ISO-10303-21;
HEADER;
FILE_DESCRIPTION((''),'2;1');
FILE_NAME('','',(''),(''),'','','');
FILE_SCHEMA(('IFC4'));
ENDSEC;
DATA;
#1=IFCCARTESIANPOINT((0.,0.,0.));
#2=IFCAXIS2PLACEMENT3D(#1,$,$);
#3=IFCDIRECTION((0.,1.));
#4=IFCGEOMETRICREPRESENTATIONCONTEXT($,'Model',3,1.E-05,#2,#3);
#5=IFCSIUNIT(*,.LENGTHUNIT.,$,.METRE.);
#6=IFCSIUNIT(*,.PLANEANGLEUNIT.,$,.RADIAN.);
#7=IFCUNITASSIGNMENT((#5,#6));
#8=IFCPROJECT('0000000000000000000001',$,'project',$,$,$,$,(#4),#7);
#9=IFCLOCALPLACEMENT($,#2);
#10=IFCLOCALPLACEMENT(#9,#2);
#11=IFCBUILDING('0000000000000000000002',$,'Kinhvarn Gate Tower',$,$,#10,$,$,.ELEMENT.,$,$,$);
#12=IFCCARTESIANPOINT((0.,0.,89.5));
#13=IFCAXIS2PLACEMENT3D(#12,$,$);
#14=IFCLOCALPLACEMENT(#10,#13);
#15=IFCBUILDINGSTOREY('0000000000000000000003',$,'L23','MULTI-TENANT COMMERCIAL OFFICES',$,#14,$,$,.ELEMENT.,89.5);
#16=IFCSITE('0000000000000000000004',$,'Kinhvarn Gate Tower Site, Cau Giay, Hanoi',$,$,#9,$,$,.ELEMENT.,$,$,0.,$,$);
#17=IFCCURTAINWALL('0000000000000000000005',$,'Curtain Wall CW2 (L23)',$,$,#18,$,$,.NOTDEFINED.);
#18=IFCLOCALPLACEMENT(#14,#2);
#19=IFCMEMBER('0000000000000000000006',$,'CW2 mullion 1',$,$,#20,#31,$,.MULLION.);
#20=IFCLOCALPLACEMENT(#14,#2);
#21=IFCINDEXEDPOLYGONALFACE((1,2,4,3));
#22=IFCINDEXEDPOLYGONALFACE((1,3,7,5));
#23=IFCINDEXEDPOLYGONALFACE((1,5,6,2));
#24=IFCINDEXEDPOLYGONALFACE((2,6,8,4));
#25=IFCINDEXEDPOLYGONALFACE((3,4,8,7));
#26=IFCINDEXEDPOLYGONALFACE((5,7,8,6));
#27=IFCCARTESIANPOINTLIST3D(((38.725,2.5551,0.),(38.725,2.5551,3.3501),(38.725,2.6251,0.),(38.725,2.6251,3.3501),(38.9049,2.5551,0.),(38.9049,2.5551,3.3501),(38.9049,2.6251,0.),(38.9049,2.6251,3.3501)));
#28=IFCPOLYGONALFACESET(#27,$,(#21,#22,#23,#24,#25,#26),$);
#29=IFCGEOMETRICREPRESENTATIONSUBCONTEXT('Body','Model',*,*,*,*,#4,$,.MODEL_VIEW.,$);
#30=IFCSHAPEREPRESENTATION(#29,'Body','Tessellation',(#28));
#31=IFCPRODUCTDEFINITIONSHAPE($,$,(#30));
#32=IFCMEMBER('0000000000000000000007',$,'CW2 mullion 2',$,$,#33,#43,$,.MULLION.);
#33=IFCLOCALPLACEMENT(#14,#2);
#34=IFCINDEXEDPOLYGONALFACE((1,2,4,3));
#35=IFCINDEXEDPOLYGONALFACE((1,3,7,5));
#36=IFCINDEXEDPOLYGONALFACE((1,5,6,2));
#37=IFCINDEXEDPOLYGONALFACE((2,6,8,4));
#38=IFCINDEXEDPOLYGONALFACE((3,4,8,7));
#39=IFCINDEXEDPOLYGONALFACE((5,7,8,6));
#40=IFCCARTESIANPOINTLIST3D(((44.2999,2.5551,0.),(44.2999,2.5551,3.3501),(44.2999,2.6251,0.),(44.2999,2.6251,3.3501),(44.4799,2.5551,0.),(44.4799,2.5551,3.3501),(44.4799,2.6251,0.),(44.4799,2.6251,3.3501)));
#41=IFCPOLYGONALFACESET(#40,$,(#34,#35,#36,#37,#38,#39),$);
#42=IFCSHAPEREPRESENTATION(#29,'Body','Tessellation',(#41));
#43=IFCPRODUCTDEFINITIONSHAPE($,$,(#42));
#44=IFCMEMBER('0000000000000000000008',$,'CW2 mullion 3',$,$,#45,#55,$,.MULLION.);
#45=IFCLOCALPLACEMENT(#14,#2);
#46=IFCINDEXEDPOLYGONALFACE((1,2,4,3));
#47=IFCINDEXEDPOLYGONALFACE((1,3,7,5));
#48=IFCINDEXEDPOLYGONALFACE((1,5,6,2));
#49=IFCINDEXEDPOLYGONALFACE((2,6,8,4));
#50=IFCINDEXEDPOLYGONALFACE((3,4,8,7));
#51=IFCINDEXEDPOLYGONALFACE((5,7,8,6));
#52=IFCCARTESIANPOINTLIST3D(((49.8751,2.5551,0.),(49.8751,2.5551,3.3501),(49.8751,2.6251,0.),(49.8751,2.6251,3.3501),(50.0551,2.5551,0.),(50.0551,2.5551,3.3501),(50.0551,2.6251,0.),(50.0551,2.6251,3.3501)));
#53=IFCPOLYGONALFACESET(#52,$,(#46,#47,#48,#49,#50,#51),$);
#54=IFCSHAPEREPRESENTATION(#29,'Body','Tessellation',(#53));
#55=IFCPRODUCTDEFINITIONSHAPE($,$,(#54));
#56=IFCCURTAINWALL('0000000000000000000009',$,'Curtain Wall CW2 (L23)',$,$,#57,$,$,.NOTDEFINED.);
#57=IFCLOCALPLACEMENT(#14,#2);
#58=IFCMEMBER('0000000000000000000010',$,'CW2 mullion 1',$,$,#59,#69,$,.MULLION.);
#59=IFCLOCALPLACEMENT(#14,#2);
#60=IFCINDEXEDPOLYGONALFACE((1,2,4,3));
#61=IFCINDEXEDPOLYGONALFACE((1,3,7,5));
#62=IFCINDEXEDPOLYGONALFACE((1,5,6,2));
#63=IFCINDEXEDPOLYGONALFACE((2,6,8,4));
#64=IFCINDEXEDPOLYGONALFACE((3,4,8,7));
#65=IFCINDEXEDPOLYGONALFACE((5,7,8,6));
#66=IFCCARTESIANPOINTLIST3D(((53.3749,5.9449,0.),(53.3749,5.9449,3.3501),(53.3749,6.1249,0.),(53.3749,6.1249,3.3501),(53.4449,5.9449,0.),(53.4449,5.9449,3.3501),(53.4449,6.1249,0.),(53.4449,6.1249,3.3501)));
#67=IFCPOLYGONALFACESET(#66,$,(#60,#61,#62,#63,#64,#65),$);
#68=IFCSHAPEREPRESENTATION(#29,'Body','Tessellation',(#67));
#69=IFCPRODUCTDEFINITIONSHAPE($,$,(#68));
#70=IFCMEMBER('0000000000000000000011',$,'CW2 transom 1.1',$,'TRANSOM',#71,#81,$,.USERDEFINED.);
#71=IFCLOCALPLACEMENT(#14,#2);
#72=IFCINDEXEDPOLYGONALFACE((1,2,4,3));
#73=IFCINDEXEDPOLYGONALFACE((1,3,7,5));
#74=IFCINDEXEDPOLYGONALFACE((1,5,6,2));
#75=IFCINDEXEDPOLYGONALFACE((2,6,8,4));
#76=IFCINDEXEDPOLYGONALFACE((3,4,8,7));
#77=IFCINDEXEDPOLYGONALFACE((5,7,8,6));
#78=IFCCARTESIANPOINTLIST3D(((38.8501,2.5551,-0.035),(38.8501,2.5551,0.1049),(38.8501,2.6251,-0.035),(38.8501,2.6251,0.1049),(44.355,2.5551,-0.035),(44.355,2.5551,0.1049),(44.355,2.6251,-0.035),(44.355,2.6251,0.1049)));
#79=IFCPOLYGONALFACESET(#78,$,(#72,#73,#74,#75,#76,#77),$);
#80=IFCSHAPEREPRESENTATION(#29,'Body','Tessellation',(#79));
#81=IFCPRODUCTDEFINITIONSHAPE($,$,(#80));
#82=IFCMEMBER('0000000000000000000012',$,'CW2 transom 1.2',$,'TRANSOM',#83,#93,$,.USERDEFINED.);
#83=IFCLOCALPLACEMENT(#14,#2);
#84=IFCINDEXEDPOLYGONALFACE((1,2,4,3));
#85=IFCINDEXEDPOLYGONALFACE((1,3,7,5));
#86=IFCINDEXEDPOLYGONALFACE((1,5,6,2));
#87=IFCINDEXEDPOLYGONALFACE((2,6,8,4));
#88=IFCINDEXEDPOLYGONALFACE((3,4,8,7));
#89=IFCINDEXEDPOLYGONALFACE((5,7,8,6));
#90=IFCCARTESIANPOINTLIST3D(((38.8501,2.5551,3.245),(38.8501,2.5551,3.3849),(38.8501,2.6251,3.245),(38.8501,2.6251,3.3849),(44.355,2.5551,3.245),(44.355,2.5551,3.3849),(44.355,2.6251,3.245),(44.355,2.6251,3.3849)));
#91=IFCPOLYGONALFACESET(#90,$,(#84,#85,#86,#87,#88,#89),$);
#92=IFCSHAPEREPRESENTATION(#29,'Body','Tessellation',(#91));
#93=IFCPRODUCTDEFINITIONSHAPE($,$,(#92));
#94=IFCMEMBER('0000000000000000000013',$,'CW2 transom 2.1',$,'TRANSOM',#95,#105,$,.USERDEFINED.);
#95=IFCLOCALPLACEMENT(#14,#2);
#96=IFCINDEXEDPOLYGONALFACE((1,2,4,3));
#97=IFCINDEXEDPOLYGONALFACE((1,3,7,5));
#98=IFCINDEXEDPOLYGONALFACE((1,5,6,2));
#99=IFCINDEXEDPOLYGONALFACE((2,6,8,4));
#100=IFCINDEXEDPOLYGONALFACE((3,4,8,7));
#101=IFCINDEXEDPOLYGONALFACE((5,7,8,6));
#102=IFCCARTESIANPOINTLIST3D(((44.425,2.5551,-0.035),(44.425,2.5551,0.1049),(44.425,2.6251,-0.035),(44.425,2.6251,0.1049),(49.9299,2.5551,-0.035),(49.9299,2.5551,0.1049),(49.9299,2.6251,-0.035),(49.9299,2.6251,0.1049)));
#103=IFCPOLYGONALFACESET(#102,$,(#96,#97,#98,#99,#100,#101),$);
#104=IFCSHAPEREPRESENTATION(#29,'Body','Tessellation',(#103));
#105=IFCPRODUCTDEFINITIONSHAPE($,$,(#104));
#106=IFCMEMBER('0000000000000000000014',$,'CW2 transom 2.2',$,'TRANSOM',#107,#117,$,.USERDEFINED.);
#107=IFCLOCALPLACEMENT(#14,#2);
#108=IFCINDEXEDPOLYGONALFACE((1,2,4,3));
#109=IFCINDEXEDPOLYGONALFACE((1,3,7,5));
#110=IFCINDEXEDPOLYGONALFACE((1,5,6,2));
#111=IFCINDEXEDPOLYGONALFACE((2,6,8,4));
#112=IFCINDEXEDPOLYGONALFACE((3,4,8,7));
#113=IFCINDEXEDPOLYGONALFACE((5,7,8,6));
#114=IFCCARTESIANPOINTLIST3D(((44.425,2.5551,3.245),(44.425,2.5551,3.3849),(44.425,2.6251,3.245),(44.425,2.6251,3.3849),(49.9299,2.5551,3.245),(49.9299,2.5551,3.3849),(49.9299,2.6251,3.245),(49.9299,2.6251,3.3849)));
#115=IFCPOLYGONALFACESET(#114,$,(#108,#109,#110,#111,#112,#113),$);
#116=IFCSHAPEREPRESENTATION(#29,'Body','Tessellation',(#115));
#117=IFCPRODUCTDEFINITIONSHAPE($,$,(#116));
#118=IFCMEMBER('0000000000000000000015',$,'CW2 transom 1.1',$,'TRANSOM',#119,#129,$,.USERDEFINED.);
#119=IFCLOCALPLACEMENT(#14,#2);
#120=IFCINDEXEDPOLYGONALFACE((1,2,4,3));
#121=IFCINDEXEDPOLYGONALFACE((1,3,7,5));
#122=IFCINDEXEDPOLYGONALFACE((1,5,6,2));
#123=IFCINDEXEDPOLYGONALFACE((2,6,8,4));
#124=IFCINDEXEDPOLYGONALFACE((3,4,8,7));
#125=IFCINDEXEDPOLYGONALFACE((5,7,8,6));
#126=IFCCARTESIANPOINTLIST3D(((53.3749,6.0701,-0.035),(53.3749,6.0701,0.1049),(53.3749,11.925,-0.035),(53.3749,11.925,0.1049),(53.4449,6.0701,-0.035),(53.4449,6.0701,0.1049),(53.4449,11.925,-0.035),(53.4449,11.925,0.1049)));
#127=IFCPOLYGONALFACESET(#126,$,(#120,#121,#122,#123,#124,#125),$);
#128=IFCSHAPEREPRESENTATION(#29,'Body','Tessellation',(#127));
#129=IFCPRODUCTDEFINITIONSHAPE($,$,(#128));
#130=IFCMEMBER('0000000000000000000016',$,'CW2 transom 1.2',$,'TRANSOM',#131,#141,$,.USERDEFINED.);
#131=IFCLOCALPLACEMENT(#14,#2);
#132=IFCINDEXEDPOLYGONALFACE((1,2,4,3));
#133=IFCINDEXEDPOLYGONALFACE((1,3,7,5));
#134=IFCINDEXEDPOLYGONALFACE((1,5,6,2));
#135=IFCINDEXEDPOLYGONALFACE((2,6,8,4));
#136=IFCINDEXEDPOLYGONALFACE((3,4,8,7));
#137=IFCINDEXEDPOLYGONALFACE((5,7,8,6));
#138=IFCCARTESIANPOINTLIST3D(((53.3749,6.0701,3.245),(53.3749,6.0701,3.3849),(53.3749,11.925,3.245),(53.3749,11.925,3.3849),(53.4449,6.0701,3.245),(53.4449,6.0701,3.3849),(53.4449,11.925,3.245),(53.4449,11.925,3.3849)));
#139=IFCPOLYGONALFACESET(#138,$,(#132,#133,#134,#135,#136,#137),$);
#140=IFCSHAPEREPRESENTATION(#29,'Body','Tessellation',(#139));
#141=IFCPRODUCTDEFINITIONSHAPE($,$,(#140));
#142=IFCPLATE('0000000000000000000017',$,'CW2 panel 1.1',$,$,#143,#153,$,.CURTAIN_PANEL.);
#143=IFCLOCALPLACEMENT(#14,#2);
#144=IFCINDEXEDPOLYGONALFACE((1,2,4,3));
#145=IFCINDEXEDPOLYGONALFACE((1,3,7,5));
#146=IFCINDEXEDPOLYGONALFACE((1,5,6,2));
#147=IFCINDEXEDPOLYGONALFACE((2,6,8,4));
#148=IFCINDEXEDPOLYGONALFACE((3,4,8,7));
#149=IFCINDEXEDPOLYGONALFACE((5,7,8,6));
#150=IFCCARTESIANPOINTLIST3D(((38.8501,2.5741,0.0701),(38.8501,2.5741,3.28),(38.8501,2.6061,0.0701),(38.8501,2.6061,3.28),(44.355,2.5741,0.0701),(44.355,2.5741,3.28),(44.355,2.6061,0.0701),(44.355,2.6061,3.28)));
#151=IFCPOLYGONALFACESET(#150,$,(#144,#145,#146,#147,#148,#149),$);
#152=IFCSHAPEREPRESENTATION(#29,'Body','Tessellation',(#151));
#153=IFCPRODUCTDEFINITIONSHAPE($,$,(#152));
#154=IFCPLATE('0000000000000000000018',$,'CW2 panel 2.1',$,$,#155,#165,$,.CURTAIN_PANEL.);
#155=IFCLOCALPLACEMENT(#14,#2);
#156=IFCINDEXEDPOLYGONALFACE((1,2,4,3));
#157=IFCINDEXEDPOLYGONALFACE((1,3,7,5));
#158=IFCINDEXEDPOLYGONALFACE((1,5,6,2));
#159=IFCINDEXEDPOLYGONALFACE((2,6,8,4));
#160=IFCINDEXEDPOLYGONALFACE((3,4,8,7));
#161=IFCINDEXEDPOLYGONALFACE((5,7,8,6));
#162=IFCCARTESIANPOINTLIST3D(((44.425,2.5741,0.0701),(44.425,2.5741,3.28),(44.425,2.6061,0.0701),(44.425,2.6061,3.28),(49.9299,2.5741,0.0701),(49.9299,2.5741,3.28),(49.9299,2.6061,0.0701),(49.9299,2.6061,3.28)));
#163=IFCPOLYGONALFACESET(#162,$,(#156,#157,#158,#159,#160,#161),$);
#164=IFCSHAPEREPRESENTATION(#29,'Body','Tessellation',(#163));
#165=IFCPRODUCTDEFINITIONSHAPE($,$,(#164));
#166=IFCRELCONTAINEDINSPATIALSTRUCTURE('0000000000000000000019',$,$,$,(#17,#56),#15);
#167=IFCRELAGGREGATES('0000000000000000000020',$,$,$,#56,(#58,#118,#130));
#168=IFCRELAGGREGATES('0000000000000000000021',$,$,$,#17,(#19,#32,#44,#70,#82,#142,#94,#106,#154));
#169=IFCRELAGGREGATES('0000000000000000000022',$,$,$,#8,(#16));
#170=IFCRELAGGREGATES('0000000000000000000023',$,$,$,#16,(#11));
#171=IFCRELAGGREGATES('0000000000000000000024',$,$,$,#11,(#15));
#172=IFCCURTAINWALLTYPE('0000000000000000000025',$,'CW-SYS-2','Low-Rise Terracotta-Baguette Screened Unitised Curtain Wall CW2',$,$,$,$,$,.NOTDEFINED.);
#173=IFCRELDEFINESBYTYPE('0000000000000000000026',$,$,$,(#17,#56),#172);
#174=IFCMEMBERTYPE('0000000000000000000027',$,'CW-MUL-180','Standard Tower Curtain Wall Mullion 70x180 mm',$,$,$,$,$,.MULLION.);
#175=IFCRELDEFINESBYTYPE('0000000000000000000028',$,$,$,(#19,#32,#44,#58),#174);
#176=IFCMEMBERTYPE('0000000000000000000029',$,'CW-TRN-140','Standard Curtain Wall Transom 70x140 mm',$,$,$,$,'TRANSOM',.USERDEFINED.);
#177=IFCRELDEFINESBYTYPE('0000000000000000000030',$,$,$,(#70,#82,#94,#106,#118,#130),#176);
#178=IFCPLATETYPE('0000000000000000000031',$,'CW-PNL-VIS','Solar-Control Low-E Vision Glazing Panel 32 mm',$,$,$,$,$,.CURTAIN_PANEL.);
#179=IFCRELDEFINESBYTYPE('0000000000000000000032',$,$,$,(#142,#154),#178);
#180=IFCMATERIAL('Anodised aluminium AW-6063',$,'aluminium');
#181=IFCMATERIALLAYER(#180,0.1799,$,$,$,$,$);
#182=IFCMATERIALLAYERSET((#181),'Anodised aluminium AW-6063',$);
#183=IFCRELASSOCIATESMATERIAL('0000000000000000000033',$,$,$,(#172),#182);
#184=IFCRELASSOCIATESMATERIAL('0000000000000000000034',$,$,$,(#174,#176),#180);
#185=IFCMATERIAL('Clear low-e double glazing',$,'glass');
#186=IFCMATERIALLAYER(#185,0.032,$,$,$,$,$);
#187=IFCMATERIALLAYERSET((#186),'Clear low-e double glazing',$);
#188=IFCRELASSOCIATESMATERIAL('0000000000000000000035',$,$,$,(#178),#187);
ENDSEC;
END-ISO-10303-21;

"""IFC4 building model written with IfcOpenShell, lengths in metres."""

from ifc_helpers import new_model, si_unit, direction, frame, origin, origin_2d, place, context, subcontext, project, spatial, rectangle, extrude, material, layer, layer_set, material_profile, profile_set, type_object, element, aggregate, save


model = new_model("IFC4")

# Units and contexts
model_context = context("Model", 3, precision=1e-05, world=origin(), true_north=direction((0.0, 1.0)))
body_context = subcontext(model_context, "Body", "Model", "MODEL_VIEW")
ifc_project = project(units=[si_unit("LENGTHUNIT", "METRE"), si_unit("PLANEANGLEUNIT", "RADIAN")], contexts=[model_context])

# Site, building, storey
site_placement = place(None, origin())
site = spatial("IfcSite", under=ifc_project, at=site_placement, Name="Kinhvarn Gate Tower Site, Cau Giay, Hanoi", CompositionType="ELEMENT", RefElevation=0.0)
building_placement = place(site_placement, origin())
building = spatial("IfcBuilding", under=site, at=building_placement, Name="Kinhvarn Gate Tower", CompositionType="ELEMENT")
storey_placement = place(building_placement, frame((0.0, 0.0, 89.5)))
storey = spatial("IfcBuildingStorey", under=building, at=storey_placement, Name="L23", Description="MULTI-TENANT COMMERCIAL OFFICES", CompositionType="ELEMENT", Elevation=89.5)

# Curtain wall, members
ifc_material_1 = material(Name="Anodised aluminium AW-6063", Category="aluminium")
ifc_layer_1 = layer(ifc_material_1, 0.1799)
ifc_layer_set_1 = layer_set([ifc_layer_1], Name="Anodised aluminium AW-6063")
curtain_wall_type = type_object("IfcCurtainWallType", Name="CW-SYS-2", Description="Low-Rise Terracotta-Baguette Screened Unitised Curtain Wall CW2", PredefinedType="NOTDEFINED", material=ifc_layer_set_1)
curtain_wall_1_placement = place(storey_placement, origin())
curtain_wall_1 = element("IfcCurtainWall", 1, at=curtain_wall_1_placement, inside=storey, type_object=curtain_wall_type, Name="Curtain Wall CW2 (L23)", PredefinedType="NOTDEFINED")
ifc_material_profile_1 = material_profile(ifc_material_1, rectangle(XDim=0.0701, YDim=0.1799, at=origin_2d()), Name="ALU 70x180")
ifc_profile_set_1 = profile_set([ifc_material_profile_1], Name="Anodised aluminium AW-6063")
member_type_1 = type_object("IfcMemberType", Name="CW-MUL-180", Description="Standard Tower Curtain Wall Mullion 70x180 mm", PredefinedType="MULLION", material=ifc_profile_set_1)
member_1_placement = place(storey_placement, frame((38.8149, 2.5901, 0.0), z_axis=(0.0, 0.0, 1.0), x_axis=(0.0, 1.0, 0.0)))
member_1 = element("IfcMember", 2, at=member_1_placement, type_object=member_type_1, Name="CW2 mullion 1", PredefinedType="MULLION", context=body_context, shape_type="SweptSolid", body=[
    extrude(rectangle(XDim=0.0701, YDim=0.1799, at=origin_2d()), origin(), (0.0, 0.0, 1.0), 3.3501),
])
member_2_placement = place(storey_placement, frame((44.3899, 2.5901, 0.0), z_axis=(0.0, 0.0, 1.0), x_axis=(0.0, 1.0, 0.0)))
member_2 = element("IfcMember", 3, at=member_2_placement, type_object=member_type_1, Name="CW2 mullion 2", PredefinedType="MULLION", context=body_context, shape_type="SweptSolid", body=[
    extrude(rectangle(XDim=0.0701, YDim=0.1799, at=origin_2d()), origin(), (0.0, 0.0, 1.0), 3.3501),
])
member_3_placement = place(storey_placement, frame((49.9651, 2.5901, 0.0), z_axis=(0.0, 0.0, 1.0), x_axis=(0.0, 1.0, 0.0)))
member_3 = element("IfcMember", 4, at=member_3_placement, type_object=member_type_1, Name="CW2 mullion 3", PredefinedType="MULLION", context=body_context, shape_type="SweptSolid", body=[
    extrude(rectangle(XDim=0.0701, YDim=0.1799, at=origin_2d()), origin(), (0.0, 0.0, 1.0), 3.3501),
])

# Curtain wall, member
curtain_wall_2_placement = place(storey_placement, origin())
curtain_wall_2 = element("IfcCurtainWall", 5, at=curtain_wall_2_placement, inside=storey, type_object=curtain_wall_type, Name="Curtain Wall CW2 (L23)", PredefinedType="NOTDEFINED")
member_4_placement = place(storey_placement, frame((53.4099, 6.0349, 0.0), z_axis=(0.0, 0.0, 1.0), x_axis=(-1.0, 0.0, 0.0)))
member_4 = element("IfcMember", 6, at=member_4_placement, type_object=member_type_1, Name="CW2 mullion 1", PredefinedType="MULLION", context=body_context, shape_type="SweptSolid", body=[
    extrude(rectangle(XDim=0.0701, YDim=0.1799, at=origin_2d()), origin(), (0.0, 0.0, 1.0), 3.3501),
])

# Members
ifc_material_profile_2 = material_profile(ifc_material_1, rectangle(XDim=0.0701, YDim=0.1399, at=origin_2d()), Name="ALU 70x140")
ifc_profile_set_2 = profile_set([ifc_material_profile_2], Name="Anodised aluminium AW-6063")
member_type_2 = type_object("IfcMemberType", Name="CW-TRN-140", Description="Standard Curtain Wall Transom 70x140 mm", ElementType="TRANSOM", PredefinedType="USERDEFINED", material=ifc_profile_set_2)
member_5_placement = place(storey_placement, frame((38.8501, 2.5901, 0.0349), z_axis=(1.0, 0.0, 0.0), x_axis=(0.0, 1.0, 0.0)))
member_5 = element("IfcMember", 7, at=member_5_placement, type_object=member_type_2, Name="CW2 transom 1.1", ObjectType="TRANSOM", PredefinedType="USERDEFINED", context=body_context, shape_type="SweptSolid", body=[
    extrude(rectangle(XDim=0.0701, YDim=0.1399, at=origin_2d()), origin(), (0.0, 0.0, 1.0), 5.5049),
])
member_6_placement = place(storey_placement, frame((38.8501, 2.5901, 3.3149), z_axis=(1.0, 0.0, 0.0), x_axis=(0.0, 1.0, 0.0)))
member_6 = element("IfcMember", 8, at=member_6_placement, type_object=member_type_2, Name="CW2 transom 1.2", ObjectType="TRANSOM", PredefinedType="USERDEFINED", context=body_context, shape_type="SweptSolid", body=[
    extrude(rectangle(XDim=0.0701, YDim=0.1399, at=origin_2d()), origin(), (0.0, 0.0, 1.0), 5.5049),
])
member_7_placement = place(storey_placement, frame((44.425, 2.5901, 0.0349), z_axis=(1.0, 0.0, 0.0), x_axis=(0.0, 1.0, 0.0)))
member_7 = element("IfcMember", 9, at=member_7_placement, type_object=member_type_2, Name="CW2 transom 2.1", ObjectType="TRANSOM", PredefinedType="USERDEFINED", context=body_context, shape_type="SweptSolid", body=[
    extrude(rectangle(XDim=0.0701, YDim=0.1399, at=origin_2d()), origin(), (0.0, 0.0, 1.0), 5.5049),
])
member_8_placement = place(storey_placement, frame((44.425, 2.5901, 3.3149), z_axis=(1.0, 0.0, 0.0), x_axis=(0.0, 1.0, 0.0)))
member_8 = element("IfcMember", 10, at=member_8_placement, type_object=member_type_2, Name="CW2 transom 2.2", ObjectType="TRANSOM", PredefinedType="USERDEFINED", context=body_context, shape_type="SweptSolid", body=[
    extrude(rectangle(XDim=0.0701, YDim=0.1399, at=origin_2d()), origin(), (0.0, 0.0, 1.0), 5.5049),
])
member_9_placement = place(storey_placement, frame((53.4099, 6.0701, 0.0349), z_axis=(0.0, 1.0, 0.0), x_axis=(-1.0, 0.0, 0.0)))
member_9 = element("IfcMember", 11, at=member_9_placement, type_object=member_type_2, Name="CW2 transom 1.1", ObjectType="TRANSOM", PredefinedType="USERDEFINED", context=body_context, shape_type="SweptSolid", body=[
    extrude(rectangle(XDim=0.0701, YDim=0.1399, at=origin_2d()), origin(), (0.0, 0.0, 1.0), 5.855),
])
member_10_placement = place(storey_placement, frame((53.4099, 6.0701, 3.3149), z_axis=(0.0, 1.0, 0.0), x_axis=(-1.0, 0.0, 0.0)))
member_10 = element("IfcMember", 12, at=member_10_placement, type_object=member_type_2, Name="CW2 transom 1.2", ObjectType="TRANSOM", PredefinedType="USERDEFINED", context=body_context, shape_type="SweptSolid", body=[
    extrude(rectangle(XDim=0.0701, YDim=0.1399, at=origin_2d()), origin(), (0.0, 0.0, 1.0), 5.855),
])
aggregate(curtain_wall_2, [member_4, member_9, member_10])

# Plates
ifc_material_2 = material(Name="Clear low-e double glazing", Category="glass")
ifc_layer_2 = layer(ifc_material_2, 0.032)
ifc_layer_set_2 = layer_set([ifc_layer_2], Name="Clear low-e double glazing")
plate_type = type_object("IfcPlateType", Name="CW-PNL-VIS", Description="Solar-Control Low-E Vision Glazing Panel 32 mm", PredefinedType="CURTAIN_PANEL", material=ifc_layer_set_2)
plate_1_placement = place(storey_placement, frame((41.6025, 2.5901, 0.0701), z_axis=(0.0, 0.0, 1.0), x_axis=(1.0, 0.0, 0.0)))
plate_1 = element("IfcPlate", 13, at=plate_1_placement, type_object=plate_type, Name="CW2 panel 1.1", PredefinedType="CURTAIN_PANEL", context=body_context, shape_type="SweptSolid", body=[
    extrude(rectangle(XDim=5.5049, YDim=0.032, at=origin_2d()), origin(), (0.0, 0.0, 1.0), 3.21),
])
plate_2_placement = place(storey_placement, frame((47.1775, 2.5901, 0.0701), z_axis=(0.0, 0.0, 1.0), x_axis=(1.0, 0.0, 0.0)))
plate_2 = element("IfcPlate", 14, at=plate_2_placement, type_object=plate_type, Name="CW2 panel 2.1", PredefinedType="CURTAIN_PANEL", context=body_context, shape_type="SweptSolid", body=[
    extrude(rectangle(XDim=5.5049, YDim=0.032, at=origin_2d()), origin(), (0.0, 0.0, 1.0), 3.21),
])
aggregate(curtain_wall_1, [member_1, member_2, member_3, member_5, member_6, plate_1, member_7, member_8, plate_2])

save(model, "model.ifc")
